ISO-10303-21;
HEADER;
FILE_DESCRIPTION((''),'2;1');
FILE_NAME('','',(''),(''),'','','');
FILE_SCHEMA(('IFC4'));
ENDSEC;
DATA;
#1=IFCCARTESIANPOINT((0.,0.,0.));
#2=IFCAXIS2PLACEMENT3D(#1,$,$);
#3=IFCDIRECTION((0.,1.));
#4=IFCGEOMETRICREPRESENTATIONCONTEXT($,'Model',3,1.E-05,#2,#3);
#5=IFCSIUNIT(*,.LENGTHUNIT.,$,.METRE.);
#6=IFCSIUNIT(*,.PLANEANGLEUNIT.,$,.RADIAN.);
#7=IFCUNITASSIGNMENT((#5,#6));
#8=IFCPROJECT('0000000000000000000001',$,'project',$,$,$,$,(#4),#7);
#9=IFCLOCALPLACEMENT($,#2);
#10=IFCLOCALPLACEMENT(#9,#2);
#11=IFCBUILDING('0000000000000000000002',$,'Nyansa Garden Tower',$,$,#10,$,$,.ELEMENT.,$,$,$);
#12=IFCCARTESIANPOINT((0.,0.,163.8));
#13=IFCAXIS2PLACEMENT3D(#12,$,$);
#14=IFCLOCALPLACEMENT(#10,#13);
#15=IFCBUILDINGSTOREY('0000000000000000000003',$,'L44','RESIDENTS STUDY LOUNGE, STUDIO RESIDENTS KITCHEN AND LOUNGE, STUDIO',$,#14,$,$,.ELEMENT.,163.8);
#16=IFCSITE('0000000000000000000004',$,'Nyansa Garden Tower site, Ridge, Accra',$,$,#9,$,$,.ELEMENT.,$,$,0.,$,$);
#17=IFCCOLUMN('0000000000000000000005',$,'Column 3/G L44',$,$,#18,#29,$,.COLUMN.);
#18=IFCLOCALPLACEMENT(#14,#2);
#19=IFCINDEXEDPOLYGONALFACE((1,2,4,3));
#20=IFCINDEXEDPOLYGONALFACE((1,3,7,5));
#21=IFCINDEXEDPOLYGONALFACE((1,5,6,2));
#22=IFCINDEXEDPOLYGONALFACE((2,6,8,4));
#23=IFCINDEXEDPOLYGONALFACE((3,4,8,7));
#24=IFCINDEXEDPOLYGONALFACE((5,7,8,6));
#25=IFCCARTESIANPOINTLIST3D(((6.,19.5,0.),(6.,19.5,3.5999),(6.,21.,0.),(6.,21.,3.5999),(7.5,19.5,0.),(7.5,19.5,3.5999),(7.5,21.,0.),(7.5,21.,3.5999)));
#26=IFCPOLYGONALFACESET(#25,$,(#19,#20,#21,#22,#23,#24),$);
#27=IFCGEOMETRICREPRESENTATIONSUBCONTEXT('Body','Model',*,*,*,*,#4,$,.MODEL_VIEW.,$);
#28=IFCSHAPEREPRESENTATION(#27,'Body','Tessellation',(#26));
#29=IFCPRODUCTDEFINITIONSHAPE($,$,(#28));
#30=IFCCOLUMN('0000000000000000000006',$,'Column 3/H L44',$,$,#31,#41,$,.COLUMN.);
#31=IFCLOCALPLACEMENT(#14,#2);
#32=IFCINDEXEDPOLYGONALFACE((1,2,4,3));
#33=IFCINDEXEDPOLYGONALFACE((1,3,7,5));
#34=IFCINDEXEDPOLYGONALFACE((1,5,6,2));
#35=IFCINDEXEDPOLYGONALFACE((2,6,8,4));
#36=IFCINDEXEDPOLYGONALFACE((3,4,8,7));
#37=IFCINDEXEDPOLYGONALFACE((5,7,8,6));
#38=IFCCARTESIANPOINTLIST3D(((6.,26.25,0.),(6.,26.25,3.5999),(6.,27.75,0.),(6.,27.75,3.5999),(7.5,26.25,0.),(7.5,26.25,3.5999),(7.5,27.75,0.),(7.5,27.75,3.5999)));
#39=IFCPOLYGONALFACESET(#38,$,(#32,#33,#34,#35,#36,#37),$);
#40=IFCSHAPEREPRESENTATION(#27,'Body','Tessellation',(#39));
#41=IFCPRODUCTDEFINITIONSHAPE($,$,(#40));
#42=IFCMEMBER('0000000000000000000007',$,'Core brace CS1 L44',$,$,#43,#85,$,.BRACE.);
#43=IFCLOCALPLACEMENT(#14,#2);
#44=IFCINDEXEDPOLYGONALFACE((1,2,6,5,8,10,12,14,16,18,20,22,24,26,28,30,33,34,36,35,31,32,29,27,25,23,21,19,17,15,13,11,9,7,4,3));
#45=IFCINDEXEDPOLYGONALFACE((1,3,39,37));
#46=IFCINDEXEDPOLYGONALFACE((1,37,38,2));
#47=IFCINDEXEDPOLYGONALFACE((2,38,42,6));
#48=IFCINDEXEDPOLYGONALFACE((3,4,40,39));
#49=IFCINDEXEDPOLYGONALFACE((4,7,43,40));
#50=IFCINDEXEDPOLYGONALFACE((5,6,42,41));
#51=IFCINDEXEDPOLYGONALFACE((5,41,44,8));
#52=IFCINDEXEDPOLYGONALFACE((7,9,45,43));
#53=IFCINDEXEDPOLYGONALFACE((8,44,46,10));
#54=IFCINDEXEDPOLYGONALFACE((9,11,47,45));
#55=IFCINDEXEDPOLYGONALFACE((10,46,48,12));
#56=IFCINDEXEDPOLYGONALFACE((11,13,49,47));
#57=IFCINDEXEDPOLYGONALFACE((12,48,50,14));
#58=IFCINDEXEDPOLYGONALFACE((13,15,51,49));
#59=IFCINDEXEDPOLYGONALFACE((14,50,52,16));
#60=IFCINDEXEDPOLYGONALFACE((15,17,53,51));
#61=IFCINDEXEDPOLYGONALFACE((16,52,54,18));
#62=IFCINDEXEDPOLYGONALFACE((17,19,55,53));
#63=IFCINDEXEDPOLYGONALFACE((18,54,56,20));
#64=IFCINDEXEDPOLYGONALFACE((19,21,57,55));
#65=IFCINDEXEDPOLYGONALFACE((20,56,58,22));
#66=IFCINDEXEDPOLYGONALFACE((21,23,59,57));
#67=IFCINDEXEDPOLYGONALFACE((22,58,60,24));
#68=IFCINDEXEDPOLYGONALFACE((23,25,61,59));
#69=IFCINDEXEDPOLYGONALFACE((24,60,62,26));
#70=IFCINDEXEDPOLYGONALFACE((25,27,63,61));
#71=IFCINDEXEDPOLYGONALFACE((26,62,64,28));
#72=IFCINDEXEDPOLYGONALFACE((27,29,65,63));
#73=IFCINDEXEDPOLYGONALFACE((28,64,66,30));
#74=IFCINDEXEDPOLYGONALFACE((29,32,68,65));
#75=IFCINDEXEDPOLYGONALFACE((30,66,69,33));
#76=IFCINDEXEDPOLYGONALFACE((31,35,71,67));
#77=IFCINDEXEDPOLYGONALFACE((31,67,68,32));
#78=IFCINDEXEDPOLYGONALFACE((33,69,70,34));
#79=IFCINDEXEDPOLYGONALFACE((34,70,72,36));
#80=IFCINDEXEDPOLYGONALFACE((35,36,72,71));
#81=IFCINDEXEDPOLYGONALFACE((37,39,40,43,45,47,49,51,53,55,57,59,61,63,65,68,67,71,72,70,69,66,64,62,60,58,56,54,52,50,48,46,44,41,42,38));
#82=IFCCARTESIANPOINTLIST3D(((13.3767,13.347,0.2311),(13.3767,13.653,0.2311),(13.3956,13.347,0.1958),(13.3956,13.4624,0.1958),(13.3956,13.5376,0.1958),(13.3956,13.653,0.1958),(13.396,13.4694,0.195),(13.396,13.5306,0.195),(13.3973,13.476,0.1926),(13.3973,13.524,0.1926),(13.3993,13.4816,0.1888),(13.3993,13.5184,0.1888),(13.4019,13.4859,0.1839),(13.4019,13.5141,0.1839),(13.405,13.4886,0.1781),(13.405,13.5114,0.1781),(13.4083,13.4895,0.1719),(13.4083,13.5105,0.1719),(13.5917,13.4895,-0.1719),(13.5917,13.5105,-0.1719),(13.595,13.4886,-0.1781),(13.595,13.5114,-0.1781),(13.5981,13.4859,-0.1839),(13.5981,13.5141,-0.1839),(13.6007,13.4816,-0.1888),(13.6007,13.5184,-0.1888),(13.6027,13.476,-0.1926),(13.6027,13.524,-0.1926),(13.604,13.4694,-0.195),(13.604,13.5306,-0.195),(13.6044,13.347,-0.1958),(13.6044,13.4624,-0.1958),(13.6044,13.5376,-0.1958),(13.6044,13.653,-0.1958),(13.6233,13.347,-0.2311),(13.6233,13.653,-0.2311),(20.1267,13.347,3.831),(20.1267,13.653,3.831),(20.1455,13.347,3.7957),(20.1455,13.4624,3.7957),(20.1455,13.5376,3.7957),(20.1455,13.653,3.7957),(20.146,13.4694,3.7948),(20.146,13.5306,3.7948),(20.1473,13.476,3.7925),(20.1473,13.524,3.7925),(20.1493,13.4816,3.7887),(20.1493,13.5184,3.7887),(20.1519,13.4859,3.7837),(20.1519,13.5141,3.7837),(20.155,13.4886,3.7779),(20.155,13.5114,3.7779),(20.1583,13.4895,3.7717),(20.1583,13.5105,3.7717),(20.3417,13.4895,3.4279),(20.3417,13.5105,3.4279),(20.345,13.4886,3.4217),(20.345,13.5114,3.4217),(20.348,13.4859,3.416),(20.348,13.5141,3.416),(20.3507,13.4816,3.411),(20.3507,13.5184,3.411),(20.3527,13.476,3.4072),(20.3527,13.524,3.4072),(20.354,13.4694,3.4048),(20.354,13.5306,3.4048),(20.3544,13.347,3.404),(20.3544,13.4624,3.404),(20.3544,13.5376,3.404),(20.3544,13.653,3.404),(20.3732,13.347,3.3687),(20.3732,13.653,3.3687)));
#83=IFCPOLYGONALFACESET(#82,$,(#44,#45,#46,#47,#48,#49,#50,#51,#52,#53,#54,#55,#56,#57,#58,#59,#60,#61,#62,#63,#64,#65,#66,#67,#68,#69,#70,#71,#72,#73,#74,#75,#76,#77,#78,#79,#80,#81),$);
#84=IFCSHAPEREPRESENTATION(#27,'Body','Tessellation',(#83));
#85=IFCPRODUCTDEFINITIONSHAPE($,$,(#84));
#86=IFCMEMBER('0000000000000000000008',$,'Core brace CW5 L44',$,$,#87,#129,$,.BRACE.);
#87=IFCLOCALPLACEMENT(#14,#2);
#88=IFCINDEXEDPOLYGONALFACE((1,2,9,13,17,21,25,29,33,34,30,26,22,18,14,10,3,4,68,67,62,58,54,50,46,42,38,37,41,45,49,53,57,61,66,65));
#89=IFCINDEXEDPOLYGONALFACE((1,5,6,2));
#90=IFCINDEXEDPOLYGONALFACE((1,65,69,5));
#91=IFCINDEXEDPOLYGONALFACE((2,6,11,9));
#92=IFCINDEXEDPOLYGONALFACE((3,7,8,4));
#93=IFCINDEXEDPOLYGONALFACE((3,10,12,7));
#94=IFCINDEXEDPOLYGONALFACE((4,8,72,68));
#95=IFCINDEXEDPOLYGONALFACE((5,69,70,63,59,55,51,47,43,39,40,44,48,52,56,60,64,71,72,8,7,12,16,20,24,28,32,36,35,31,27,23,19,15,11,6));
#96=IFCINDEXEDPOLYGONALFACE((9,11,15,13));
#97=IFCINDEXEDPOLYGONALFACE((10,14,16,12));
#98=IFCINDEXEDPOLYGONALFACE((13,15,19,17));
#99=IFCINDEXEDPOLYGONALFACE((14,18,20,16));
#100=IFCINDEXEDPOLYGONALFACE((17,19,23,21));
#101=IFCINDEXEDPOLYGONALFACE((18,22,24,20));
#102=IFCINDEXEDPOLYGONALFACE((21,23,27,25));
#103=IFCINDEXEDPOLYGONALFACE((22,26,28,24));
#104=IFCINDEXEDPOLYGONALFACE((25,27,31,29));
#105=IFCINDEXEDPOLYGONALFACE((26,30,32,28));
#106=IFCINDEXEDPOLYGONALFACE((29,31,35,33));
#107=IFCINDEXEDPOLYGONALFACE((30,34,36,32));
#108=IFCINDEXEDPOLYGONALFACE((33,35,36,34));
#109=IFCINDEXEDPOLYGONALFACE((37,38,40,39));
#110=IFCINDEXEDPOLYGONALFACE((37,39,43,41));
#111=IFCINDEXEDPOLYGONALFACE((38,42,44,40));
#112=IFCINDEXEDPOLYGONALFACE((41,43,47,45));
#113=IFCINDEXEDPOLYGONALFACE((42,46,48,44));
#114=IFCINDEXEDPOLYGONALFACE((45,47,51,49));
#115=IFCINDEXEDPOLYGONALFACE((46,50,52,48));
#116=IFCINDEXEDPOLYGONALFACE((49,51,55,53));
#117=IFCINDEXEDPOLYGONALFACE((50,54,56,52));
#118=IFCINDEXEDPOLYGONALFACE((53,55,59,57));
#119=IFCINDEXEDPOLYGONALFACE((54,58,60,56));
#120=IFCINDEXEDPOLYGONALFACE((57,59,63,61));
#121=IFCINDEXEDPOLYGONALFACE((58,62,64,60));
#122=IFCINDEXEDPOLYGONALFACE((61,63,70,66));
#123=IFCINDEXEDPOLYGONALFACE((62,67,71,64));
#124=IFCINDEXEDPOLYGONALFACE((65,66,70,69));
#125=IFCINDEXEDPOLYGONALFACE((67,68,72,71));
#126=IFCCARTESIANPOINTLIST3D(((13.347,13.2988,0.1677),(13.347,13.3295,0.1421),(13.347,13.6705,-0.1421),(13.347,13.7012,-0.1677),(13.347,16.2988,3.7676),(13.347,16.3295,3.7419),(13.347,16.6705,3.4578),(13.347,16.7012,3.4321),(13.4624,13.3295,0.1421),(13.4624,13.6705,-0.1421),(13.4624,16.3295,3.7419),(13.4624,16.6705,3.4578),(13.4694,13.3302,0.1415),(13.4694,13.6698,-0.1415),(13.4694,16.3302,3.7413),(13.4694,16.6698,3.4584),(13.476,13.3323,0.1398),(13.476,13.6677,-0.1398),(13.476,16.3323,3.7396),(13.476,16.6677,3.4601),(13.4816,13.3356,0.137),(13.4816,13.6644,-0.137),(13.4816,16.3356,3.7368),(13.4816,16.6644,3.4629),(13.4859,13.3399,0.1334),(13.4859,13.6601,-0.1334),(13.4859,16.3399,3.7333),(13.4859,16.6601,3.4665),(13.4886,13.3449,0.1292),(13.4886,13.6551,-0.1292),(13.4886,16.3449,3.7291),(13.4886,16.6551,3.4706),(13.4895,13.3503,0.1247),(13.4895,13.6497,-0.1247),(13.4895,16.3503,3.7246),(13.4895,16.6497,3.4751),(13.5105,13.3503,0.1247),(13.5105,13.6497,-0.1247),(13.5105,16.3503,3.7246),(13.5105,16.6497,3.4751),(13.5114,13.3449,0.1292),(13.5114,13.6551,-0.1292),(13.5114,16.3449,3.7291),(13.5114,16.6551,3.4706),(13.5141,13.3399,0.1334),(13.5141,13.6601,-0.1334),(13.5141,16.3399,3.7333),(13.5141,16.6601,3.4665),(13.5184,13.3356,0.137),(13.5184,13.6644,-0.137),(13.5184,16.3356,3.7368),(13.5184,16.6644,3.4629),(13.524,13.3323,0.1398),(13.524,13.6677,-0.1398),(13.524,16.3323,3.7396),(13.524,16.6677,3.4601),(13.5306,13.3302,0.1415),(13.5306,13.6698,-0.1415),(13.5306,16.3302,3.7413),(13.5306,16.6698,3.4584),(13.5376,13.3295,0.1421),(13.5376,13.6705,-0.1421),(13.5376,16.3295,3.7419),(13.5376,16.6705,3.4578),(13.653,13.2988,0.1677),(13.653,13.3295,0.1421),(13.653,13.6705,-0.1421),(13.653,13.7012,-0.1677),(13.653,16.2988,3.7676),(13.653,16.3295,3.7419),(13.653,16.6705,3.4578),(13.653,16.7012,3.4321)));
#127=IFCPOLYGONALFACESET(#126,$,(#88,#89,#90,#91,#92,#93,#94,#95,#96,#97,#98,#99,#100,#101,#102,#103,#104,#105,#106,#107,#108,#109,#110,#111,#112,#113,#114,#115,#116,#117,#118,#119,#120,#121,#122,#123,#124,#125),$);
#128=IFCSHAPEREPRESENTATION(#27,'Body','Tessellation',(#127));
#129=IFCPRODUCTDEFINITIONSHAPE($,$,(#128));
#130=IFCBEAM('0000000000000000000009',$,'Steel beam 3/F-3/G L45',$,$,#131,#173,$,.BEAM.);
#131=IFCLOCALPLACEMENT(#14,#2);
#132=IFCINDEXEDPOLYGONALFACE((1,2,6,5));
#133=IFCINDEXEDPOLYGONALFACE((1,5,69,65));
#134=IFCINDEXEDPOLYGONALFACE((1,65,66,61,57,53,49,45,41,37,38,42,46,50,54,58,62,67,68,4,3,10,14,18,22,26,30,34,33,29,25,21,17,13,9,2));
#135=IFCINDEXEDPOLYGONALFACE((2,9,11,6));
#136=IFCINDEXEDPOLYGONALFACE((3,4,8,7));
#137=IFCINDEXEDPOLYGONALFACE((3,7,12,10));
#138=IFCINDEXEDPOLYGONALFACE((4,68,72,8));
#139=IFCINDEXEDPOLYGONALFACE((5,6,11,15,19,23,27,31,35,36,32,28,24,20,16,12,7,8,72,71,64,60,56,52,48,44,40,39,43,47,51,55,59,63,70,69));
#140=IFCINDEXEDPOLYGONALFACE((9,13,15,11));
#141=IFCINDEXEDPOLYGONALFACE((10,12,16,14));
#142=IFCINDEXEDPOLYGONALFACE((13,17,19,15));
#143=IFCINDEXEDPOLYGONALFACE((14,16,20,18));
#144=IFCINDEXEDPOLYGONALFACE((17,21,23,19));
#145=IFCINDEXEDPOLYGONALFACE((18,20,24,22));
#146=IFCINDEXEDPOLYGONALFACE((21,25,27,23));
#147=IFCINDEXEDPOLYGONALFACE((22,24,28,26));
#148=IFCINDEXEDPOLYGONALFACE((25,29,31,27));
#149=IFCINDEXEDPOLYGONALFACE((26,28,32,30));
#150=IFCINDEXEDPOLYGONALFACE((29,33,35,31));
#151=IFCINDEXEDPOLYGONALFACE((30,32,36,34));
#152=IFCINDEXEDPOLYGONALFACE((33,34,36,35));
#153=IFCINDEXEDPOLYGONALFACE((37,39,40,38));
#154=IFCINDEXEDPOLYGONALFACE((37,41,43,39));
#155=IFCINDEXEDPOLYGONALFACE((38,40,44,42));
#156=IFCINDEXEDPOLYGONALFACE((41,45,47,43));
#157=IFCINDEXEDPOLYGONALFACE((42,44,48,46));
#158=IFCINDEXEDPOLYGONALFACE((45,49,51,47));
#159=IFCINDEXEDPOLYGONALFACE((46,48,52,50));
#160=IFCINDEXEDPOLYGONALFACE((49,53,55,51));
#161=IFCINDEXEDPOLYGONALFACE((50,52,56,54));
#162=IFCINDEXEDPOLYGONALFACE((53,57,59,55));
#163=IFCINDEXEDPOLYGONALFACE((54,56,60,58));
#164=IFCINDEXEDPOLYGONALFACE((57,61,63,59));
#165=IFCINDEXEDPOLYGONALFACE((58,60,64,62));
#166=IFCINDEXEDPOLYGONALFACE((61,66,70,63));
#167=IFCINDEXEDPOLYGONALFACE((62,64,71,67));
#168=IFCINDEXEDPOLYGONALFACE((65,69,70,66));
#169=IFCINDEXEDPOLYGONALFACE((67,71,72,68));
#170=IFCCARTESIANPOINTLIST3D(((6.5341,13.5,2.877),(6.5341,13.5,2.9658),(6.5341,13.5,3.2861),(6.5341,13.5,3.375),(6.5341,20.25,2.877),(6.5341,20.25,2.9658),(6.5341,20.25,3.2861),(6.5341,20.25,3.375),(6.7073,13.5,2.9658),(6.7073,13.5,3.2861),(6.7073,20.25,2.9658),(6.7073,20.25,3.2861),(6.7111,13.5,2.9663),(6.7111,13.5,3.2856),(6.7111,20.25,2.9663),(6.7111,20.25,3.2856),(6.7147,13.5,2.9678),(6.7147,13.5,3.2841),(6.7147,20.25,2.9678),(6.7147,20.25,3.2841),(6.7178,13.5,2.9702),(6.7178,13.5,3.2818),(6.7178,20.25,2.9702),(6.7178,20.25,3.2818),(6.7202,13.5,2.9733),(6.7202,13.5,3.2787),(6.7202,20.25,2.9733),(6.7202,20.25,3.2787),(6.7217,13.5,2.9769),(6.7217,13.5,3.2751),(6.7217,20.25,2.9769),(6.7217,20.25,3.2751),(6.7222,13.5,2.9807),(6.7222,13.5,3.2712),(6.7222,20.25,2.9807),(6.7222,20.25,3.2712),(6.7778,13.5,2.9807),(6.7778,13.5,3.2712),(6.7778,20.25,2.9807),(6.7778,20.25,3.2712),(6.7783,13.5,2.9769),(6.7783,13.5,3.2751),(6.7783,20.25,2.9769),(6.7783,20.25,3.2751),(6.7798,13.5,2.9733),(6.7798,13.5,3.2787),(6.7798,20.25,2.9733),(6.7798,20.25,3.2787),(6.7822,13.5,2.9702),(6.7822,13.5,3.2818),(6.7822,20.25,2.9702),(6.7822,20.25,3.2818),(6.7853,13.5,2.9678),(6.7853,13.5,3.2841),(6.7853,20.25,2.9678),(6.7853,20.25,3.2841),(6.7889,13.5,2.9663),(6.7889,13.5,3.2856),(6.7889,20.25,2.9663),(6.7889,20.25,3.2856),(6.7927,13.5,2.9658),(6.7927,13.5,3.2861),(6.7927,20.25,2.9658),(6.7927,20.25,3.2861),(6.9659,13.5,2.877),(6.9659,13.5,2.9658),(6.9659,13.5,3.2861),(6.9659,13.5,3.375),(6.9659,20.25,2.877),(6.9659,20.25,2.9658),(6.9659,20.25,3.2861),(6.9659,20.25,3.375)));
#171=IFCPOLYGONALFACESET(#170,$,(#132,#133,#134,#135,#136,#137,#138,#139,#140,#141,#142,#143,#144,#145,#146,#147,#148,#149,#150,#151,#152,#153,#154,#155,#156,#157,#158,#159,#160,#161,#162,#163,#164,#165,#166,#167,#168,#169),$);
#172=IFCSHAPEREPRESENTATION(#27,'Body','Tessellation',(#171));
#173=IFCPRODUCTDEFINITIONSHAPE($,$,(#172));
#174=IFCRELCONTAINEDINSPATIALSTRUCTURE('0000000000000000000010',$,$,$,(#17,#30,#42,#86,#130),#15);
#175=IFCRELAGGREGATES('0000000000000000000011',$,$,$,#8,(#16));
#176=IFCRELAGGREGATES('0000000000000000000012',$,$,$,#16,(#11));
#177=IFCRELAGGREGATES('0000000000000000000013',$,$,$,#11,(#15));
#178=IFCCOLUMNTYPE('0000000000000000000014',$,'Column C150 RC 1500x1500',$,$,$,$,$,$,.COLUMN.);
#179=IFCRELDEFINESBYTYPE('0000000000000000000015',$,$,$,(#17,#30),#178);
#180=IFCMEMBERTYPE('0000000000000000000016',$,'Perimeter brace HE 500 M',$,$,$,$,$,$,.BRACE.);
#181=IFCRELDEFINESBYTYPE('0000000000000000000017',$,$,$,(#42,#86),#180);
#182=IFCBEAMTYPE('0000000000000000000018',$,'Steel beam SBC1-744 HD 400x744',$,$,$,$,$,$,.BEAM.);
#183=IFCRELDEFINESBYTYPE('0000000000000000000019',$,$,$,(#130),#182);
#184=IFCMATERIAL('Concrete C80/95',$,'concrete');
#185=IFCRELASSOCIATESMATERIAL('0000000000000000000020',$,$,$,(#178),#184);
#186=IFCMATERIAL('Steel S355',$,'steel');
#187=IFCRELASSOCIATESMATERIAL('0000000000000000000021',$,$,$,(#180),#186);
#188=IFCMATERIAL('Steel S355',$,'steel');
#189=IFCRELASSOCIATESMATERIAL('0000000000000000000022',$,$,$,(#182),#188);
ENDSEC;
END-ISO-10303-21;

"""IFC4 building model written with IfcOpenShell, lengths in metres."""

from ifc_helpers import new_model, si_unit, direction, frame, origin, origin_2d, place, context, subcontext, project, spatial, rectangle, i_section, extrude, material, material_profile, profile_set, type_object, element, save


model = new_model("IFC4")

# Units and contexts
model_context = context("Model", 3, precision=1e-05, world=origin(), true_north=direction((0.0, 1.0)))
body_context = subcontext(model_context, "Body", "Model", "MODEL_VIEW")
ifc_project = project(units=[si_unit("LENGTHUNIT", "METRE"), si_unit("PLANEANGLEUNIT", "RADIAN")], contexts=[model_context])

# Site, building, storey
site_placement = place(None, origin())
site = spatial("IfcSite", under=ifc_project, at=site_placement, Name="Nyansa Garden Tower site, Ridge, Accra", CompositionType="ELEMENT", RefElevation=0.0)
building_placement = place(site_placement, origin())
building = spatial("IfcBuilding", under=site, at=building_placement, Name="Nyansa Garden Tower", CompositionType="ELEMENT")
storey_placement = place(building_placement, frame((0.0, 0.0, 163.8)))
storey = spatial("IfcBuildingStorey", under=building, at=storey_placement, Name="L44", Description="RESIDENTS STUDY LOUNGE, STUDIO RESIDENTS KITCHEN AND LOUNGE, STUDIO", CompositionType="ELEMENT", Elevation=163.8)

# Columns
ifc_material_1 = material(Name="Concrete C80/95", Category="concrete")
ifc_material_profile_1 = material_profile(ifc_material_1, rectangle(XDim=1.5, YDim=1.5, at=origin_2d()), Name="RC 1500x1500")
ifc_profile_set_1 = profile_set([ifc_material_profile_1], Name="Concrete C80/95")
column_type = type_object("IfcColumnType", Name="Column C150 RC 1500x1500", PredefinedType="COLUMN", material=ifc_profile_set_1)
for number, where, z_axis, x_axis, name in (
    (1, (6.75, 20.25, 0.0), (0.0, 0.0, 1.0), (1.0, 0.0, 0.0), "Column 3/G L44"),
    (2, (6.75, 27.0, 0.0), (0.0, 0.0, 1.0), (1.0, 0.0, 0.0), "Column 3/H L44"),
):
    element("IfcColumn", number, at=place(storey_placement, frame(where, z_axis=z_axis, x_axis=x_axis)), inside=storey, type_object=column_type, Name=name, PredefinedType="COLUMN", context=body_context, shape_type="SweptSolid", body=[
        extrude(rectangle(XDim=1.5, YDim=1.5, at=origin_2d()), origin(), (0.0, 0.0, 1.0), 3.5999),
    ])

# Members
ifc_material_2 = material(Name="Steel S355", Category="steel")
ifc_material_profile_2 = material_profile(ifc_material_2, i_section(OverallWidth=0.3059, OverallDepth=0.5239, WebThickness=0.021, FlangeThickness=0.04, FilletRadius=0.0271, at=origin_2d()), Name="HE 500 M")
ifc_profile_set_2 = profile_set([ifc_material_profile_2], Name="Steel S355")
member_type = type_object("IfcMemberType", Name="Perimeter brace HE 500 M", PredefinedType="BRACE", material=ifc_profile_set_2)
member_1_placement = place(storey_placement, frame((13.5, 13.5, 0.0), z_axis=(0.882361, 0.0, 0.470573), x_axis=(0.0, 1.0, 0.0)))
element("IfcMember", 3, at=member_1_placement, inside=storey, type_object=member_type, Name="Core brace CS1 L44", PredefinedType="BRACE", context=body_context, shape_type="SweptSolid", body=[
    extrude(i_section(OverallWidth=0.3059, OverallDepth=0.5239, WebThickness=0.021, FlangeThickness=0.04, FilletRadius=0.0271, at=origin_2d()), origin(), (0.0, 0.0, 1.0), 7.6499),
])
member_2_placement = place(storey_placement, frame((13.5, 13.5, 0.0), z_axis=(0.0, 0.6402, 0.768208), x_axis=(-1.0, 0.0, 0.0)))
element("IfcMember", 4, at=member_2_placement, inside=storey, type_object=member_type, Name="Core brace CW5 L44", PredefinedType="BRACE", context=body_context, shape_type="SweptSolid", body=[
    extrude(i_section(OverallWidth=0.3059, OverallDepth=0.5239, WebThickness=0.021, FlangeThickness=0.04, FilletRadius=0.0271, at=origin_2d()), origin(), (0.0, 0.0, 1.0), 4.686),
])

# Beam
ifc_material_3 = material(Name="Steel S355", Category="steel")
ifc_material_profile_3 = material_profile(ifc_material_3, i_section(OverallWidth=0.4319, OverallDepth=0.498, WebThickness=0.0557, FlangeThickness=0.0889, FilletRadius=0.0149, at=origin_2d()), Name="HD 400x744")
ifc_profile_set_3 = profile_set([ifc_material_profile_3], Name="Steel S355")
beam_type_1 = type_object("IfcBeamType", Name="Steel beam SBC1-744 HD 400x744", PredefinedType="BEAM", material=ifc_profile_set_3)
for number, where, z_axis, x_axis, name in (
    (5, (6.75, 13.5, 3.126), (0.0, 1.0, 0.0), (-1.0, 0.0, 0.0), "Steel beam 3/F-3/G L45"),
):
    element("IfcBeam", number, at=place(storey_placement, frame(where, z_axis=z_axis, x_axis=x_axis)), inside=storey, type_object=beam_type_1, Name=name, PredefinedType="BEAM", context=body_context, shape_type="SweptSolid", body=[
        extrude(i_section(OverallWidth=0.4319, OverallDepth=0.498, WebThickness=0.0557, FlangeThickness=0.0889, FilletRadius=0.0149, at=origin_2d()), origin(), (0.0, 0.0, 1.0), 6.75),
    ])

save(model, "model.ifc")
